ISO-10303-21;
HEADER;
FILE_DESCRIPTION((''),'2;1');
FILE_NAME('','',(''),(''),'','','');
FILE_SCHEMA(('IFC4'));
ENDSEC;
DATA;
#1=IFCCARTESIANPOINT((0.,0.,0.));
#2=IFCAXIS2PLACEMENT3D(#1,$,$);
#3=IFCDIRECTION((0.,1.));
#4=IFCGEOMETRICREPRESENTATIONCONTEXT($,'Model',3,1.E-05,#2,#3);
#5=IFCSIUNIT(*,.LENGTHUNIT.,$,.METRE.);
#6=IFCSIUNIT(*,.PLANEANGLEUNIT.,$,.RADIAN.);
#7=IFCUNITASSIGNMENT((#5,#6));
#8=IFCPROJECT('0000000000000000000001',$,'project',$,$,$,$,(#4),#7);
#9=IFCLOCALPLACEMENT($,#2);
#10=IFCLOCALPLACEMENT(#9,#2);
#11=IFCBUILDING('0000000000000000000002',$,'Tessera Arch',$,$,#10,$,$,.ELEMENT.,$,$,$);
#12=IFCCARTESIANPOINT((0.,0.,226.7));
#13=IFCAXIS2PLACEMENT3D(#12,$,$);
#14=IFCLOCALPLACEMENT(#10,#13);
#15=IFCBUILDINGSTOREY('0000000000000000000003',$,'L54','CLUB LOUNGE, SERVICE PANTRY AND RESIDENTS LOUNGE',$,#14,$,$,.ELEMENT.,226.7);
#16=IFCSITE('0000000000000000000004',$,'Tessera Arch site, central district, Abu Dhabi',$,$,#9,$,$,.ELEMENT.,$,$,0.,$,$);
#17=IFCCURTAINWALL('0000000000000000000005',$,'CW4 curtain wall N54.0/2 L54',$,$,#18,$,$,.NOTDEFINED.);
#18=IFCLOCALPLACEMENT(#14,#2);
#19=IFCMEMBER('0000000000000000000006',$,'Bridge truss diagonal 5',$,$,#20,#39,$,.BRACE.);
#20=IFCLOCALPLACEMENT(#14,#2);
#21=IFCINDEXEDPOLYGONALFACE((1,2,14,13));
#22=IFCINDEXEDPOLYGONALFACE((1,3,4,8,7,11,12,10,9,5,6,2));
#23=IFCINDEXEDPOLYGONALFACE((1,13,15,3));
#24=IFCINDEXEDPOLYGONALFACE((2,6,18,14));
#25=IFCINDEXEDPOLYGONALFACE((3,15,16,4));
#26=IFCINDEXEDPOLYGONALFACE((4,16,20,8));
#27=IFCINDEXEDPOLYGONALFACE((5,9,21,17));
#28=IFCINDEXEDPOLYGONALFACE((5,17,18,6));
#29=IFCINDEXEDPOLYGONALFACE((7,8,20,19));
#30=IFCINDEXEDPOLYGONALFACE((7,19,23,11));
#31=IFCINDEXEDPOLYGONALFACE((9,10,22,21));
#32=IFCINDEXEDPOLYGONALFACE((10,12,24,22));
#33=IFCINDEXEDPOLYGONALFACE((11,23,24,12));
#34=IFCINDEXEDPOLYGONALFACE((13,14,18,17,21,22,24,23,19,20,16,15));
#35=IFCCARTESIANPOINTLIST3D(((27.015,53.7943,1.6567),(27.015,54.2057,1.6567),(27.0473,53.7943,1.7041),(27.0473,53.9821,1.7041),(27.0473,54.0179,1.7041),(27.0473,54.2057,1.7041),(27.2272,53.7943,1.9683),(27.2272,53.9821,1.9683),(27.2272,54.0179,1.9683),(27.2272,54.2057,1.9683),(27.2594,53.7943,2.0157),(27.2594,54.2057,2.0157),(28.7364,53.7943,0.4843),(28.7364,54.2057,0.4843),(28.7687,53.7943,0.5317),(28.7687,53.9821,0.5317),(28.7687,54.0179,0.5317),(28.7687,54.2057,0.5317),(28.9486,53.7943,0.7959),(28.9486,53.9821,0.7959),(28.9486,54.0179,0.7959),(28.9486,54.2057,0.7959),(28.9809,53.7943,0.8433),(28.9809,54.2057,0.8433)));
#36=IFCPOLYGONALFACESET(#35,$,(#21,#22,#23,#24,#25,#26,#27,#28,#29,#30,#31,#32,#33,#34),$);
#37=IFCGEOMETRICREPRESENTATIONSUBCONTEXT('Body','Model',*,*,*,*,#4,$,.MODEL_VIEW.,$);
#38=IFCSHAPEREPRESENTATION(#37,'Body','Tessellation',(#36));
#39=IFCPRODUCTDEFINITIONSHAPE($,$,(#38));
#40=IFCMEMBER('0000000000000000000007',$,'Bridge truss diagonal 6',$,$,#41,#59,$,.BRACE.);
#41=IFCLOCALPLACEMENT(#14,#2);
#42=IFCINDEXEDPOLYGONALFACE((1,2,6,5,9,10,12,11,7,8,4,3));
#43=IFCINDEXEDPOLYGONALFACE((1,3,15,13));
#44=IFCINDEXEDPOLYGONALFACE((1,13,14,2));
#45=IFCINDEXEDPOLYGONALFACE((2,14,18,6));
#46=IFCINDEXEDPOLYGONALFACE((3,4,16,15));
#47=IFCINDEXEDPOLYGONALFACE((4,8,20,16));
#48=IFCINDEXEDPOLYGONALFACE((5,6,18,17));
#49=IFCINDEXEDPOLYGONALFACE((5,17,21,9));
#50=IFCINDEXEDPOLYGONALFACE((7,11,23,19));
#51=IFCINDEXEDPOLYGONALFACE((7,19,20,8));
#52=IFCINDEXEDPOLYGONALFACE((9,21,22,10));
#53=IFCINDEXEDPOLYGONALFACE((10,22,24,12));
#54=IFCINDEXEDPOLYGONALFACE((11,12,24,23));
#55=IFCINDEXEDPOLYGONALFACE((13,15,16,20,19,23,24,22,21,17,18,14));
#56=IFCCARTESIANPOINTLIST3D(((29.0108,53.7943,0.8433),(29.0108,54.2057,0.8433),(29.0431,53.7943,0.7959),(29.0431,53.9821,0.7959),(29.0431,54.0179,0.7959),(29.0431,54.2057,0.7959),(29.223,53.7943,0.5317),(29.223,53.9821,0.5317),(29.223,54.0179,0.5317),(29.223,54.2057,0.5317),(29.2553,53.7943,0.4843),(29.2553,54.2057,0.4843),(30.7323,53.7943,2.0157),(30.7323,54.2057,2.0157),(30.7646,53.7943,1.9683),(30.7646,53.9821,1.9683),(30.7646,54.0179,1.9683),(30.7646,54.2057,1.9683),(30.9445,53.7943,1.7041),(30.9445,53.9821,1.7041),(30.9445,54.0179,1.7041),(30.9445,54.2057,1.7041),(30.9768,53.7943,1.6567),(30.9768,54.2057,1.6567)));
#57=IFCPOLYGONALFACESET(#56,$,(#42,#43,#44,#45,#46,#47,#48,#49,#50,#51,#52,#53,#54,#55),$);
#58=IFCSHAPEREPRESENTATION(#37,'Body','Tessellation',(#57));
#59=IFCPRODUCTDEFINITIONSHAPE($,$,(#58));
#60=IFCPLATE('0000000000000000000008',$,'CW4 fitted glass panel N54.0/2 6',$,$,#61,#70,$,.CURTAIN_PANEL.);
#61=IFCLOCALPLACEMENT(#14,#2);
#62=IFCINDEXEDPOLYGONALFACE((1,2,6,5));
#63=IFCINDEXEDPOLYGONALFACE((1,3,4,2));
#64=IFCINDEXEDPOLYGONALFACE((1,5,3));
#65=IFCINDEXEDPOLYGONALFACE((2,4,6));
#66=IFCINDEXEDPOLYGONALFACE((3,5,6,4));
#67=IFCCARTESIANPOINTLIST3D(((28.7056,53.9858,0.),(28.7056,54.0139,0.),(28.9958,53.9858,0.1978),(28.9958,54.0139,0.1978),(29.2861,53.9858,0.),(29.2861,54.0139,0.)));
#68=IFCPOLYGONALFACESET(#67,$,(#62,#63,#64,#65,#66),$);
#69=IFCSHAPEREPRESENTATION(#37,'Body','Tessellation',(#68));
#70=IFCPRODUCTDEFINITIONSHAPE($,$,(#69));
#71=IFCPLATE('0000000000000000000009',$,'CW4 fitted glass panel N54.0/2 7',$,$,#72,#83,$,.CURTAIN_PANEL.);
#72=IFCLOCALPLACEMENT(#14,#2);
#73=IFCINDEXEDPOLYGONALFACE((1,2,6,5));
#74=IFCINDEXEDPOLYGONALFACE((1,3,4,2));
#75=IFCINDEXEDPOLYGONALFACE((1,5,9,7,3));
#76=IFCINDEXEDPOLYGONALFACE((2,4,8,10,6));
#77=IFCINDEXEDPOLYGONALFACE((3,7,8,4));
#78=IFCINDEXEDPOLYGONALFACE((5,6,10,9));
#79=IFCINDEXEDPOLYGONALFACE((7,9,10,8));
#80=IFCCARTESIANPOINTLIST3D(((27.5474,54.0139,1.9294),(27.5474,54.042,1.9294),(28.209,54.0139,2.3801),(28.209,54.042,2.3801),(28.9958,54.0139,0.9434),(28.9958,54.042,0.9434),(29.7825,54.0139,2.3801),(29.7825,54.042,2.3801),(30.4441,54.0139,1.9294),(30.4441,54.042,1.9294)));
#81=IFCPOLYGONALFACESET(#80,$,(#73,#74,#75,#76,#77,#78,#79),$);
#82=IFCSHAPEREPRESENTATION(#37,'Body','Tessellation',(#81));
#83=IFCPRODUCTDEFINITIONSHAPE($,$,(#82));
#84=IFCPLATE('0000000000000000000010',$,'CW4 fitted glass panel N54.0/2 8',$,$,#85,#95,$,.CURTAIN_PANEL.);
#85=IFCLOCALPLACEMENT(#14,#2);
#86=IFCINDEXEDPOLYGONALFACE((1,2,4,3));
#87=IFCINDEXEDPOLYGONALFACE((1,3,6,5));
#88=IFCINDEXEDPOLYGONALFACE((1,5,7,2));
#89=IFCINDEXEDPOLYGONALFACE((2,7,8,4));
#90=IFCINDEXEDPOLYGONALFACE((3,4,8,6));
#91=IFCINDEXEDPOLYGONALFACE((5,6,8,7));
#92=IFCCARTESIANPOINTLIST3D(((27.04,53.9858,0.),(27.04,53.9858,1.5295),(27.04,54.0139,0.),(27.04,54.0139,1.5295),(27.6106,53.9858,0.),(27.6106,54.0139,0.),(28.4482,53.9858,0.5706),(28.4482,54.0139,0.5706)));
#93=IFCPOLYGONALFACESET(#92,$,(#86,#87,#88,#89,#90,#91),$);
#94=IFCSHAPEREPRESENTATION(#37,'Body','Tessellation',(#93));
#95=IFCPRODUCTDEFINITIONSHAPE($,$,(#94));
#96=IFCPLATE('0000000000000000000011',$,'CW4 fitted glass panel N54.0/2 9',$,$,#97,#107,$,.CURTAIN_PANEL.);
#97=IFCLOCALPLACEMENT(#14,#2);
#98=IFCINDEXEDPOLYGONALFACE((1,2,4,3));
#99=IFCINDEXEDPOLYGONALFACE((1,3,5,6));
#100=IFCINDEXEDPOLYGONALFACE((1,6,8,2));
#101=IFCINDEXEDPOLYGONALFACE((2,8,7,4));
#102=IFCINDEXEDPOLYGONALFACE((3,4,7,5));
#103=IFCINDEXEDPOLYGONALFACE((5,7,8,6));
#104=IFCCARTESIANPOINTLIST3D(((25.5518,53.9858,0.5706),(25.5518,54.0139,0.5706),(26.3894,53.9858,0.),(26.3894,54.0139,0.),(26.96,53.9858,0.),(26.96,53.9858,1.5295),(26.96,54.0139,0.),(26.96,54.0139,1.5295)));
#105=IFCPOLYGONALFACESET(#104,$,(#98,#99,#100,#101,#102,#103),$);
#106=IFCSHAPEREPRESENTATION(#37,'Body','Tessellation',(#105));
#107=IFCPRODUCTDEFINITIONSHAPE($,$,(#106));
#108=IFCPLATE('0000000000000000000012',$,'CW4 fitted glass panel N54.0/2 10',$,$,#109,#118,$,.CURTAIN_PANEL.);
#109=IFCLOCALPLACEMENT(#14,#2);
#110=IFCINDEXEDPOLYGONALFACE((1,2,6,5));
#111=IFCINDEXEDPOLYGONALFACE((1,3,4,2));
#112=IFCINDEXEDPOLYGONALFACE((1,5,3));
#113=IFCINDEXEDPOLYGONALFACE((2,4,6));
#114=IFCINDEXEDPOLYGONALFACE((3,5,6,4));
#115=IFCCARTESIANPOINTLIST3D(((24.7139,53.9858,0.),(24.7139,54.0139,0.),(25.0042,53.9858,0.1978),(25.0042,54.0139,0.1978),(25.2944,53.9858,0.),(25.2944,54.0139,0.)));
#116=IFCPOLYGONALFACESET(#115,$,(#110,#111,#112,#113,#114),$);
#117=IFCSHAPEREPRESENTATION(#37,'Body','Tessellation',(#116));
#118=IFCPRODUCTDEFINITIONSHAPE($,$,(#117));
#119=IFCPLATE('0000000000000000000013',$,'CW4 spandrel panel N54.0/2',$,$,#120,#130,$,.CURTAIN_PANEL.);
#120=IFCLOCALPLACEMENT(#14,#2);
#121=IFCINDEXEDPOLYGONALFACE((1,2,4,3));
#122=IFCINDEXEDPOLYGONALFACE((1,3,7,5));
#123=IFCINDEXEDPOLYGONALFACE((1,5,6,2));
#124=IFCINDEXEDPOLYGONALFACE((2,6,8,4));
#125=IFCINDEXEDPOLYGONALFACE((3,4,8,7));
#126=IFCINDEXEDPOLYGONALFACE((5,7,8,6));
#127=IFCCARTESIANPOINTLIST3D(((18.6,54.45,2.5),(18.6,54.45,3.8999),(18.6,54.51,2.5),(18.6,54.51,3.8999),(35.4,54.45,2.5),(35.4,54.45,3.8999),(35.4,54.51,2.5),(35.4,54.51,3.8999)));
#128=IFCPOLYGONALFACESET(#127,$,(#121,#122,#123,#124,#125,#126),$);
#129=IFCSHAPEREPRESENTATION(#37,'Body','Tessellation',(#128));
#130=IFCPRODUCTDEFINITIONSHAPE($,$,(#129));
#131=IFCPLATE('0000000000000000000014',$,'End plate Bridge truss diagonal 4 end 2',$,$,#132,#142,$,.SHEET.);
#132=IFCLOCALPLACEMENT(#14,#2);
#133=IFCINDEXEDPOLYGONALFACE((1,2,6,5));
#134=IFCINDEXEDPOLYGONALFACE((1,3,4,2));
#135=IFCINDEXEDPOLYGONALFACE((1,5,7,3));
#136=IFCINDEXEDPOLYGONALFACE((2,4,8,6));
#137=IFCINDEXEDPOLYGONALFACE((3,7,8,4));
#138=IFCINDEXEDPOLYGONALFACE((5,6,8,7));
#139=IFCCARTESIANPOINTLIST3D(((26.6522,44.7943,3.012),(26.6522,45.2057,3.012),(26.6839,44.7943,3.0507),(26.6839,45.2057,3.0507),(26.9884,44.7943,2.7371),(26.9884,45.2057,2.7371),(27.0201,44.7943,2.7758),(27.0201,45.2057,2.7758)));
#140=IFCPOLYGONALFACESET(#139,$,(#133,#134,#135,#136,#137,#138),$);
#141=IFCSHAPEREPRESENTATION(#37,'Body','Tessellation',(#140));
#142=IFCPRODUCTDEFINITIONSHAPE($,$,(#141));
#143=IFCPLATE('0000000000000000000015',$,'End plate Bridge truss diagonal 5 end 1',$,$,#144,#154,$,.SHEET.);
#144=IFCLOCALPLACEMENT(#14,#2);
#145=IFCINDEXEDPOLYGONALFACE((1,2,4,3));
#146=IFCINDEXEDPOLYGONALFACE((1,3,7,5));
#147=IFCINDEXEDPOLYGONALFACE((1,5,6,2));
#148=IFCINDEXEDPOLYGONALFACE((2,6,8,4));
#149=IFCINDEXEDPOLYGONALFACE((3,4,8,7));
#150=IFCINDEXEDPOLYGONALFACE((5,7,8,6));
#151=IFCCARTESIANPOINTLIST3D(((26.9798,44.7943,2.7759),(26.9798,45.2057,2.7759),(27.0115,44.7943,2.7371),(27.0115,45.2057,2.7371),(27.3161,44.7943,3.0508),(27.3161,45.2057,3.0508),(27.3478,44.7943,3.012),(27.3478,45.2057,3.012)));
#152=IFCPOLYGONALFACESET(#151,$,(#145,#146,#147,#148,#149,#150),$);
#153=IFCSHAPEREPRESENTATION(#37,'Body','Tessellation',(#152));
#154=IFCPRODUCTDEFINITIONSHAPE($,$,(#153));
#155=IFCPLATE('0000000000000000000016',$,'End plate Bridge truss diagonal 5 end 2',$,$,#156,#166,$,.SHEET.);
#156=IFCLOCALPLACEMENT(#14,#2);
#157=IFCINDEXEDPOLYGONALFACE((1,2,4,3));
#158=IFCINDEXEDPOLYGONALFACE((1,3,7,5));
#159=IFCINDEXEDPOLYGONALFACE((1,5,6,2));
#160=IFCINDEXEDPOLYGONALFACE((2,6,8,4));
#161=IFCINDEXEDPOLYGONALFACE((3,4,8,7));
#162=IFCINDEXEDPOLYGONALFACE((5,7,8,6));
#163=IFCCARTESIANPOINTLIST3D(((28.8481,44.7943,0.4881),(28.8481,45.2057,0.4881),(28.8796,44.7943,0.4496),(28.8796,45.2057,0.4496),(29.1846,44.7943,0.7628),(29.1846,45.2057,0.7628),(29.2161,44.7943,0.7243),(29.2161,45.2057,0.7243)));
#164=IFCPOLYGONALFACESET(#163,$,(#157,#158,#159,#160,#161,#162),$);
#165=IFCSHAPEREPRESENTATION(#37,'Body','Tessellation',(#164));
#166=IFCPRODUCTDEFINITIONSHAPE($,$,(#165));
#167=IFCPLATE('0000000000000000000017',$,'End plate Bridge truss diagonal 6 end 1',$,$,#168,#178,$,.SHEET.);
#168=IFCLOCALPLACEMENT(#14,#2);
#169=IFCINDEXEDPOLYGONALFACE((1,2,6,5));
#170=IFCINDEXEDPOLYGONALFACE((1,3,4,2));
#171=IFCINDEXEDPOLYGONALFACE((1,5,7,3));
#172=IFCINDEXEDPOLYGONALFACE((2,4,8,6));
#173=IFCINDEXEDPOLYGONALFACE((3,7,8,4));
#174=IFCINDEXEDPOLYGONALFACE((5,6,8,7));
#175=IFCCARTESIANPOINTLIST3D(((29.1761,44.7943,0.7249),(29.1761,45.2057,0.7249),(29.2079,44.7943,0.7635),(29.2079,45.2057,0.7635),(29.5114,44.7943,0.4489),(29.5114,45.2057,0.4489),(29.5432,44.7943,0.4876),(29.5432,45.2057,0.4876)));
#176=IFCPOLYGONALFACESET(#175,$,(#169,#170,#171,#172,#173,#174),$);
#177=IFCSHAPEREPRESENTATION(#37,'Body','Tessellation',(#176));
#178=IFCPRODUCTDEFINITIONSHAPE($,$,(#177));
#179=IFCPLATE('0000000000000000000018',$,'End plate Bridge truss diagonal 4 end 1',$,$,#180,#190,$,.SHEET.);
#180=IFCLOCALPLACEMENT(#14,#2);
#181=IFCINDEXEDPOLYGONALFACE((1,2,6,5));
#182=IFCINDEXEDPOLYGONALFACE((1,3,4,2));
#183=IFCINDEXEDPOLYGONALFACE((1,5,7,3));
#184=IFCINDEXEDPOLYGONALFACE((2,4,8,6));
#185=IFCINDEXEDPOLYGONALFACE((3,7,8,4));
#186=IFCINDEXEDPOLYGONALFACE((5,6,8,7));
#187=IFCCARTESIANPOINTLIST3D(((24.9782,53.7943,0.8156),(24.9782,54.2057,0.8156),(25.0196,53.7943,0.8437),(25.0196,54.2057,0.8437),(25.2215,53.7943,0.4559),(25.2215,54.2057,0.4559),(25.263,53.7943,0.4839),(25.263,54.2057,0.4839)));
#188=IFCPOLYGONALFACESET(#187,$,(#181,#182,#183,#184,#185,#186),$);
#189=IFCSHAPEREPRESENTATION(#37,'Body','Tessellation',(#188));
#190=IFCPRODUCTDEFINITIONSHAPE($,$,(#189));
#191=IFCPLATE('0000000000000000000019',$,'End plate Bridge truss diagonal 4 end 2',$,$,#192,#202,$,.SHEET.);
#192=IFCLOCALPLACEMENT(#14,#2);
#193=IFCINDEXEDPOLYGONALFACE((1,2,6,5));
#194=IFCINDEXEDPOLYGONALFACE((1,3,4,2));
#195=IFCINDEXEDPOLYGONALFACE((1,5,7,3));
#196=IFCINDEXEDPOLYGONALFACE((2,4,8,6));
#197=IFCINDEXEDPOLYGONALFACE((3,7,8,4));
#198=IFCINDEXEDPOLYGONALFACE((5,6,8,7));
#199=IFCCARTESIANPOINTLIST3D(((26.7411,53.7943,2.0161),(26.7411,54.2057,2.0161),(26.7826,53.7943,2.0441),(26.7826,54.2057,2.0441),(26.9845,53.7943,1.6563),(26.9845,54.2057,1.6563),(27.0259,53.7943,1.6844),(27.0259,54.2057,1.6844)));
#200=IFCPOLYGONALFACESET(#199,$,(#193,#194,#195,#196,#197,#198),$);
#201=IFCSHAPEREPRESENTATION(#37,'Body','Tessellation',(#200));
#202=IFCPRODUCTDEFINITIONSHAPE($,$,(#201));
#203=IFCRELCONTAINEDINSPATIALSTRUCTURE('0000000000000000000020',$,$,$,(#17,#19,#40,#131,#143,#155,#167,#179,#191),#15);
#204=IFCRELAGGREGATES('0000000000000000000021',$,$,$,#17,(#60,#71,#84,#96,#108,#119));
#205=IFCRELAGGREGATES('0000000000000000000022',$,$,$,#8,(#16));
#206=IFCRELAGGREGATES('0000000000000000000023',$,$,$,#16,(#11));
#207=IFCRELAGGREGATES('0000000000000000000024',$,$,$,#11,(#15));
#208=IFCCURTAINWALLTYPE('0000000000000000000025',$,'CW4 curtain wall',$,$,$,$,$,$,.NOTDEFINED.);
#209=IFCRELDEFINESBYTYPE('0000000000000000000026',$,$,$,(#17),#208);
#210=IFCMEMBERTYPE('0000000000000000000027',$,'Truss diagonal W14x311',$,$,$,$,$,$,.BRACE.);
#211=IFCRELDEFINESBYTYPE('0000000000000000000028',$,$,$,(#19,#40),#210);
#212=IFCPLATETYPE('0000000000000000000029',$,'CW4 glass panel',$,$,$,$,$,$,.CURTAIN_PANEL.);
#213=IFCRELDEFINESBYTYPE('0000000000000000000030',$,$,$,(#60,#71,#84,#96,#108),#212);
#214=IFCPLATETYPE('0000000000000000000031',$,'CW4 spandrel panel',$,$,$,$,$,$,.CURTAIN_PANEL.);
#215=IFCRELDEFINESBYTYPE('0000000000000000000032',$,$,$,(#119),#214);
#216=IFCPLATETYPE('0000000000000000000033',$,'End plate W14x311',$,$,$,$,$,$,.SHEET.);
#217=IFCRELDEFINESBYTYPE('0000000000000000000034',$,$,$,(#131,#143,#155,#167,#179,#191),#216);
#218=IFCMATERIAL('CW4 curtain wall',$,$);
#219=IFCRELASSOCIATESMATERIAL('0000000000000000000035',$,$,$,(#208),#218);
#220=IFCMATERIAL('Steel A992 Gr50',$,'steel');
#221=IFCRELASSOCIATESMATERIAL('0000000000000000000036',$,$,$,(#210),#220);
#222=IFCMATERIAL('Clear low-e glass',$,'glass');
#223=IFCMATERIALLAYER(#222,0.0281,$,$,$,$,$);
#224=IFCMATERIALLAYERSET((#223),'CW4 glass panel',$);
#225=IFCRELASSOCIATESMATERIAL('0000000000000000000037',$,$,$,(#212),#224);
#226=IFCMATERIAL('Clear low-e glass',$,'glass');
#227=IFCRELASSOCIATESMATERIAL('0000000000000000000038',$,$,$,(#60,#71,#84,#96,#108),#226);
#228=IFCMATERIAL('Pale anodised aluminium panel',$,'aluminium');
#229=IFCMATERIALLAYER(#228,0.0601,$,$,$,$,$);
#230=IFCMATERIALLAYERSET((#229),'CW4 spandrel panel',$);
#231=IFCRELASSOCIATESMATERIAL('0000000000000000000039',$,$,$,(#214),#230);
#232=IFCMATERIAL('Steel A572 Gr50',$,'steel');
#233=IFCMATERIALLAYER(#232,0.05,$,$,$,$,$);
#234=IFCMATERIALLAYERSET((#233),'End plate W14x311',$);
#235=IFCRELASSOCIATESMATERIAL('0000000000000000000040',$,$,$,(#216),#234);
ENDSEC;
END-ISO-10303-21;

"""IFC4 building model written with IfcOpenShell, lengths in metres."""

from ifc_helpers import new_model, si_unit, direction, frame, origin, origin_2d, place, context, subcontext, project, spatial, polyline, rectangle, i_section, outline, extrude, material, layer, layer_set, material_profile, profile_set, type_object, element, aggregate, save


model = new_model("IFC4")

# Units and contexts
model_context = context("Model", 3, precision=1e-05, world=origin(), true_north=direction((0.0, 1.0)))
body_context = subcontext(model_context, "Body", "Model", "MODEL_VIEW")
ifc_project = project(units=[si_unit("LENGTHUNIT", "METRE"), si_unit("PLANEANGLEUNIT", "RADIAN")], contexts=[model_context])

# Site, building, storey
site_placement = place(None, origin())
site = spatial("IfcSite", under=ifc_project, at=site_placement, Name="Tessera Arch site, central district, Abu Dhabi", CompositionType="ELEMENT", RefElevation=0.0)
building_placement = place(site_placement, origin())
building = spatial("IfcBuilding", under=site, at=building_placement, Name="Tessera Arch", CompositionType="ELEMENT")
storey_placement = place(building_placement, frame((0.0, 0.0, 226.7)))
storey = spatial("IfcBuildingStorey", under=building, at=storey_placement, Name="L54", Description="CLUB LOUNGE, SERVICE PANTRY AND RESIDENTS LOUNGE", CompositionType="ELEMENT", Elevation=226.7)

# Curtain wall
ifc_material_1 = material(Name="CW4 curtain wall")
curtain_wall_type = type_object("IfcCurtainWallType", Name="CW4 curtain wall", PredefinedType="NOTDEFINED", material=ifc_material_1)
curtain_wall_placement = place(storey_placement, origin())
curtain_wall = element("IfcCurtainWall", 1, at=curtain_wall_placement, inside=storey, type_object=curtain_wall_type, Name="CW4 curtain wall N54.0/2 L54", PredefinedType="NOTDEFINED")

# Members
ifc_material_2 = material(Name="Steel A992 Gr50", Category="steel")
ifc_material_profile_1 = material_profile(ifc_material_2, i_section(OverallWidth=0.4114, OverallDepth=0.4343, WebThickness=0.0359, FlangeThickness=0.0574, at=origin_2d()), Name="W14x311")
ifc_profile_set_1 = profile_set([ifc_material_profile_1], Name="Steel A992 Gr50")
member_type_1 = type_object("IfcMemberType", Name="Truss diagonal W14x311", PredefinedType="BRACE", material=ifc_profile_set_1)
for number, where, z_axis, x_axis, name in (
    (2, (27.1372, 54.0, 1.8362), (0.826527, 0.0, -0.562897), (0.0, 1.0, 0.0), "Bridge truss diagonal 5"),
    (3, (29.1331, 54.0, 0.6638), (0.826527, 0.0, 0.562897), (0.0, 1.0, 0.0), "Bridge truss diagonal 6"),
):
    element("IfcMember", number, at=place(storey_placement, frame(where, z_axis=z_axis, x_axis=x_axis)), inside=storey, type_object=member_type_1, Name=name, PredefinedType="BRACE", context=body_context, shape_type="SweptSolid", body=[
        extrude(i_section(OverallWidth=0.4114, OverallDepth=0.4343, WebThickness=0.0359, FlangeThickness=0.0574, at=origin_2d()), origin(), (0.0, 0.0, 1.0), 2.0828),
    ])

# Plates
ifc_material_3 = material(Name="Clear low-e glass", Category="glass")
ifc_material_4 = material(Name="Clear low-e glass", Category="glass")
ifc_layer_1 = layer(ifc_material_4, 0.0281)
ifc_layer_set_1 = layer_set([ifc_layer_1], Name="CW4 glass panel")
plate_type_1 = type_object("IfcPlateType", Name="CW4 glass panel", PredefinedType="CURTAIN_PANEL", material=ifc_layer_set_1)
plate_1_placement = place(storey_placement, frame((29.2861, 54.0139, 0.0), z_axis=(0.0, 1.0, 0.0), x_axis=(-1.0, 0.0, 0.0)))
plate_1 = element("IfcPlate", 4, at=plate_1_placement, type_object=plate_type_1, material=ifc_material_3, Name="CW4 fitted glass panel N54.0/2 6", PredefinedType="CURTAIN_PANEL", context=body_context, shape_type="SweptSolid", body=[
    extrude(outline(polyline([(0.0, 0.0), (0.5806, 0.0), (0.2903, 0.1978), (0.0, 0.0)])), origin(), (0.0, 0.0, -1.0), 0.0281),
])
plate_2_placement = place(storey_placement, frame((28.209, 54.042, 2.3801), z_axis=(0.0, 1.0, 0.0), x_axis=(1.0, 0.0, 0.0)))
plate_2 = element("IfcPlate", 5, at=plate_2_placement, type_object=plate_type_1, material=ifc_material_3, Name="CW4 fitted glass panel N54.0/2 7", PredefinedType="CURTAIN_PANEL", context=body_context, shape_type="SweptSolid", body=[
    extrude(outline(polyline([(0.0, 0.0), (1.5735, 0.0), (2.2351, 0.4507), (0.7869, 1.4368), (-0.6616, 0.4507), (0.0, 0.0)])), origin(), (0.0, 0.0, -1.0), 0.0281),
])
plate_3_placement = place(storey_placement, frame((27.04, 54.0139, 0.0), z_axis=(0.0, 1.0, 0.0), x_axis=(0.0, 0.0, 1.0)))
plate_3 = element("IfcPlate", 6, at=plate_3_placement, type_object=plate_type_1, material=ifc_material_3, Name="CW4 fitted glass panel N54.0/2 8", PredefinedType="CURTAIN_PANEL", context=body_context, shape_type="SweptSolid", body=[
    extrude(outline(polyline([(0.0, 0.0), (1.5295, 0.0), (0.5706, 1.4082), (0.0, 0.5706), (0.0, 0.0)])), origin(), (0.0, 0.0, -1.0), 0.0281),
])
plate_4_placement = place(storey_placement, frame((26.96, 54.0139, 0.0), z_axis=(0.0, 1.0, 0.0), x_axis=(-1.0, 0.0, 0.0)))
plate_4 = element("IfcPlate", 7, at=plate_4_placement, type_object=plate_type_1, material=ifc_material_3, Name="CW4 fitted glass panel N54.0/2 9", PredefinedType="CURTAIN_PANEL", context=body_context, shape_type="SweptSolid", body=[
    extrude(outline(polyline([(0.0, 0.0), (0.5706, 0.0), (1.4082, 0.5706), (0.0, 1.5295), (0.0, 0.0)])), origin(), (0.0, 0.0, -1.0), 0.0281),
])
plate_5_placement = place(storey_placement, frame((25.2944, 54.0139, 0.0), z_axis=(0.0, 1.0, 0.0), x_axis=(-1.0, 0.0, 0.0)))
plate_5 = element("IfcPlate", 8, at=plate_5_placement, type_object=plate_type_1, material=ifc_material_3, Name="CW4 fitted glass panel N54.0/2 10", PredefinedType="CURTAIN_PANEL", context=body_context, shape_type="SweptSolid", body=[
    extrude(outline(polyline([(0.0, 0.0), (0.5806, 0.0), (0.2903, 0.1978), (0.0, 0.0)])), origin(), (0.0, 0.0, -1.0), 0.0281),
])
ifc_material_5 = material(Name="Pale anodised aluminium panel", Category="aluminium")
ifc_layer_2 = layer(ifc_material_5, 0.0601)
ifc_layer_set_2 = layer_set([ifc_layer_2], Name="CW4 spandrel panel")
plate_type_2 = type_object("IfcPlateType", Name="CW4 spandrel panel", PredefinedType="CURTAIN_PANEL", material=ifc_layer_set_2)
plate_6_placement = place(storey_placement, frame((27.0, 54.48, 2.5), z_axis=(0.0, 0.0, 1.0), x_axis=(-1.0, 0.0, 0.0)))
plate_6 = element("IfcPlate", 9, at=plate_6_placement, type_object=plate_type_2, Name="CW4 spandrel panel N54.0/2", PredefinedType="CURTAIN_PANEL", context=body_context, shape_type="SweptSolid", body=[
    extrude(rectangle(XDim=16.8, YDim=0.0601, at=origin_2d()), origin(), (0.0, 0.0, 1.0), 1.3999),
])
aggregate(curtain_wall, [plate_1, plate_2, plate_3, plate_4, plate_5, plate_6])

# Plates
ifc_material_6 = material(Name="Steel A572 Gr50", Category="steel")
ifc_layer_3 = layer(ifc_material_6, 0.05)
ifc_layer_set_3 = layer_set([ifc_layer_3], Name="End plate W14x311")
plate_type_3 = type_object("IfcPlateType", Name="End plate W14x311", PredefinedType="SHEET", material=ifc_layer_set_3)
for number, where, z_axis, x_axis, name in (
    (10, (26.8203, 45.0, 2.8745), (0.632973, 0.0, 0.774174), (0.0, 1.0, 0.0), "End plate Bridge truss diagonal 4 end 2"),
    (11, (27.1479, 45.0, 2.9133), (0.632973, 0.0, -0.774174), (0.0, 1.0, 0.0), "End plate Bridge truss diagonal 5 end 1"),
):
    element("IfcPlate", number, at=place(storey_placement, frame(where, z_axis=z_axis, x_axis=x_axis)), inside=storey, type_object=plate_type_3, Name=name, PredefinedType="SHEET", context=body_context, shape_type="SweptSolid", body=[
        extrude(rectangle(XDim=0.4114, YDim=0.4343, at=origin_2d()), origin(), (0.0, 0.0, 1.0), 0.05),
    ])
plate_7_placement = place(storey_placement, frame((29.0164, 45.0, 0.6255), z_axis=(0.632437, 0.0, -0.774612), x_axis=(0.0, 1.0, 0.0)))
element("IfcPlate", 12, at=plate_7_placement, inside=storey, type_object=plate_type_3, Name="End plate Bridge truss diagonal 5 end 2", PredefinedType="SHEET", context=body_context, shape_type="SweptSolid", body=[
    extrude(rectangle(XDim=0.4114, YDim=0.4343, at=origin_2d()), origin(), (0.0, 0.0, 1.0), 0.0498),
])
for number, where, z_axis, x_axis, name in (
    (13, (29.3438, 45.0, 0.5869), (0.635365, 0.0, 0.772212), (0.0, 1.0, 0.0), "End plate Bridge truss diagonal 6 end 1"),
    (14, (25.0999, 54.0, 0.6357), (0.828283, 0.0, 0.560309), (0.0, 1.0, 0.0), "End plate Bridge truss diagonal 4 end 1"),
    (15, (26.8628, 54.0, 1.8362), (0.828283, 0.0, 0.560309), (0.0, 1.0, 0.0), "End plate Bridge truss diagonal 4 end 2"),
):
    element("IfcPlate", number, at=place(storey_placement, frame(where, z_axis=z_axis, x_axis=x_axis)), inside=storey, type_object=plate_type_3, Name=name, PredefinedType="SHEET", context=body_context, shape_type="SweptSolid", body=[
        extrude(rectangle(XDim=0.4114, YDim=0.4343, at=origin_2d()), origin(), (0.0, 0.0, 1.0), 0.05),
    ])

save(model, "model.ifc")
